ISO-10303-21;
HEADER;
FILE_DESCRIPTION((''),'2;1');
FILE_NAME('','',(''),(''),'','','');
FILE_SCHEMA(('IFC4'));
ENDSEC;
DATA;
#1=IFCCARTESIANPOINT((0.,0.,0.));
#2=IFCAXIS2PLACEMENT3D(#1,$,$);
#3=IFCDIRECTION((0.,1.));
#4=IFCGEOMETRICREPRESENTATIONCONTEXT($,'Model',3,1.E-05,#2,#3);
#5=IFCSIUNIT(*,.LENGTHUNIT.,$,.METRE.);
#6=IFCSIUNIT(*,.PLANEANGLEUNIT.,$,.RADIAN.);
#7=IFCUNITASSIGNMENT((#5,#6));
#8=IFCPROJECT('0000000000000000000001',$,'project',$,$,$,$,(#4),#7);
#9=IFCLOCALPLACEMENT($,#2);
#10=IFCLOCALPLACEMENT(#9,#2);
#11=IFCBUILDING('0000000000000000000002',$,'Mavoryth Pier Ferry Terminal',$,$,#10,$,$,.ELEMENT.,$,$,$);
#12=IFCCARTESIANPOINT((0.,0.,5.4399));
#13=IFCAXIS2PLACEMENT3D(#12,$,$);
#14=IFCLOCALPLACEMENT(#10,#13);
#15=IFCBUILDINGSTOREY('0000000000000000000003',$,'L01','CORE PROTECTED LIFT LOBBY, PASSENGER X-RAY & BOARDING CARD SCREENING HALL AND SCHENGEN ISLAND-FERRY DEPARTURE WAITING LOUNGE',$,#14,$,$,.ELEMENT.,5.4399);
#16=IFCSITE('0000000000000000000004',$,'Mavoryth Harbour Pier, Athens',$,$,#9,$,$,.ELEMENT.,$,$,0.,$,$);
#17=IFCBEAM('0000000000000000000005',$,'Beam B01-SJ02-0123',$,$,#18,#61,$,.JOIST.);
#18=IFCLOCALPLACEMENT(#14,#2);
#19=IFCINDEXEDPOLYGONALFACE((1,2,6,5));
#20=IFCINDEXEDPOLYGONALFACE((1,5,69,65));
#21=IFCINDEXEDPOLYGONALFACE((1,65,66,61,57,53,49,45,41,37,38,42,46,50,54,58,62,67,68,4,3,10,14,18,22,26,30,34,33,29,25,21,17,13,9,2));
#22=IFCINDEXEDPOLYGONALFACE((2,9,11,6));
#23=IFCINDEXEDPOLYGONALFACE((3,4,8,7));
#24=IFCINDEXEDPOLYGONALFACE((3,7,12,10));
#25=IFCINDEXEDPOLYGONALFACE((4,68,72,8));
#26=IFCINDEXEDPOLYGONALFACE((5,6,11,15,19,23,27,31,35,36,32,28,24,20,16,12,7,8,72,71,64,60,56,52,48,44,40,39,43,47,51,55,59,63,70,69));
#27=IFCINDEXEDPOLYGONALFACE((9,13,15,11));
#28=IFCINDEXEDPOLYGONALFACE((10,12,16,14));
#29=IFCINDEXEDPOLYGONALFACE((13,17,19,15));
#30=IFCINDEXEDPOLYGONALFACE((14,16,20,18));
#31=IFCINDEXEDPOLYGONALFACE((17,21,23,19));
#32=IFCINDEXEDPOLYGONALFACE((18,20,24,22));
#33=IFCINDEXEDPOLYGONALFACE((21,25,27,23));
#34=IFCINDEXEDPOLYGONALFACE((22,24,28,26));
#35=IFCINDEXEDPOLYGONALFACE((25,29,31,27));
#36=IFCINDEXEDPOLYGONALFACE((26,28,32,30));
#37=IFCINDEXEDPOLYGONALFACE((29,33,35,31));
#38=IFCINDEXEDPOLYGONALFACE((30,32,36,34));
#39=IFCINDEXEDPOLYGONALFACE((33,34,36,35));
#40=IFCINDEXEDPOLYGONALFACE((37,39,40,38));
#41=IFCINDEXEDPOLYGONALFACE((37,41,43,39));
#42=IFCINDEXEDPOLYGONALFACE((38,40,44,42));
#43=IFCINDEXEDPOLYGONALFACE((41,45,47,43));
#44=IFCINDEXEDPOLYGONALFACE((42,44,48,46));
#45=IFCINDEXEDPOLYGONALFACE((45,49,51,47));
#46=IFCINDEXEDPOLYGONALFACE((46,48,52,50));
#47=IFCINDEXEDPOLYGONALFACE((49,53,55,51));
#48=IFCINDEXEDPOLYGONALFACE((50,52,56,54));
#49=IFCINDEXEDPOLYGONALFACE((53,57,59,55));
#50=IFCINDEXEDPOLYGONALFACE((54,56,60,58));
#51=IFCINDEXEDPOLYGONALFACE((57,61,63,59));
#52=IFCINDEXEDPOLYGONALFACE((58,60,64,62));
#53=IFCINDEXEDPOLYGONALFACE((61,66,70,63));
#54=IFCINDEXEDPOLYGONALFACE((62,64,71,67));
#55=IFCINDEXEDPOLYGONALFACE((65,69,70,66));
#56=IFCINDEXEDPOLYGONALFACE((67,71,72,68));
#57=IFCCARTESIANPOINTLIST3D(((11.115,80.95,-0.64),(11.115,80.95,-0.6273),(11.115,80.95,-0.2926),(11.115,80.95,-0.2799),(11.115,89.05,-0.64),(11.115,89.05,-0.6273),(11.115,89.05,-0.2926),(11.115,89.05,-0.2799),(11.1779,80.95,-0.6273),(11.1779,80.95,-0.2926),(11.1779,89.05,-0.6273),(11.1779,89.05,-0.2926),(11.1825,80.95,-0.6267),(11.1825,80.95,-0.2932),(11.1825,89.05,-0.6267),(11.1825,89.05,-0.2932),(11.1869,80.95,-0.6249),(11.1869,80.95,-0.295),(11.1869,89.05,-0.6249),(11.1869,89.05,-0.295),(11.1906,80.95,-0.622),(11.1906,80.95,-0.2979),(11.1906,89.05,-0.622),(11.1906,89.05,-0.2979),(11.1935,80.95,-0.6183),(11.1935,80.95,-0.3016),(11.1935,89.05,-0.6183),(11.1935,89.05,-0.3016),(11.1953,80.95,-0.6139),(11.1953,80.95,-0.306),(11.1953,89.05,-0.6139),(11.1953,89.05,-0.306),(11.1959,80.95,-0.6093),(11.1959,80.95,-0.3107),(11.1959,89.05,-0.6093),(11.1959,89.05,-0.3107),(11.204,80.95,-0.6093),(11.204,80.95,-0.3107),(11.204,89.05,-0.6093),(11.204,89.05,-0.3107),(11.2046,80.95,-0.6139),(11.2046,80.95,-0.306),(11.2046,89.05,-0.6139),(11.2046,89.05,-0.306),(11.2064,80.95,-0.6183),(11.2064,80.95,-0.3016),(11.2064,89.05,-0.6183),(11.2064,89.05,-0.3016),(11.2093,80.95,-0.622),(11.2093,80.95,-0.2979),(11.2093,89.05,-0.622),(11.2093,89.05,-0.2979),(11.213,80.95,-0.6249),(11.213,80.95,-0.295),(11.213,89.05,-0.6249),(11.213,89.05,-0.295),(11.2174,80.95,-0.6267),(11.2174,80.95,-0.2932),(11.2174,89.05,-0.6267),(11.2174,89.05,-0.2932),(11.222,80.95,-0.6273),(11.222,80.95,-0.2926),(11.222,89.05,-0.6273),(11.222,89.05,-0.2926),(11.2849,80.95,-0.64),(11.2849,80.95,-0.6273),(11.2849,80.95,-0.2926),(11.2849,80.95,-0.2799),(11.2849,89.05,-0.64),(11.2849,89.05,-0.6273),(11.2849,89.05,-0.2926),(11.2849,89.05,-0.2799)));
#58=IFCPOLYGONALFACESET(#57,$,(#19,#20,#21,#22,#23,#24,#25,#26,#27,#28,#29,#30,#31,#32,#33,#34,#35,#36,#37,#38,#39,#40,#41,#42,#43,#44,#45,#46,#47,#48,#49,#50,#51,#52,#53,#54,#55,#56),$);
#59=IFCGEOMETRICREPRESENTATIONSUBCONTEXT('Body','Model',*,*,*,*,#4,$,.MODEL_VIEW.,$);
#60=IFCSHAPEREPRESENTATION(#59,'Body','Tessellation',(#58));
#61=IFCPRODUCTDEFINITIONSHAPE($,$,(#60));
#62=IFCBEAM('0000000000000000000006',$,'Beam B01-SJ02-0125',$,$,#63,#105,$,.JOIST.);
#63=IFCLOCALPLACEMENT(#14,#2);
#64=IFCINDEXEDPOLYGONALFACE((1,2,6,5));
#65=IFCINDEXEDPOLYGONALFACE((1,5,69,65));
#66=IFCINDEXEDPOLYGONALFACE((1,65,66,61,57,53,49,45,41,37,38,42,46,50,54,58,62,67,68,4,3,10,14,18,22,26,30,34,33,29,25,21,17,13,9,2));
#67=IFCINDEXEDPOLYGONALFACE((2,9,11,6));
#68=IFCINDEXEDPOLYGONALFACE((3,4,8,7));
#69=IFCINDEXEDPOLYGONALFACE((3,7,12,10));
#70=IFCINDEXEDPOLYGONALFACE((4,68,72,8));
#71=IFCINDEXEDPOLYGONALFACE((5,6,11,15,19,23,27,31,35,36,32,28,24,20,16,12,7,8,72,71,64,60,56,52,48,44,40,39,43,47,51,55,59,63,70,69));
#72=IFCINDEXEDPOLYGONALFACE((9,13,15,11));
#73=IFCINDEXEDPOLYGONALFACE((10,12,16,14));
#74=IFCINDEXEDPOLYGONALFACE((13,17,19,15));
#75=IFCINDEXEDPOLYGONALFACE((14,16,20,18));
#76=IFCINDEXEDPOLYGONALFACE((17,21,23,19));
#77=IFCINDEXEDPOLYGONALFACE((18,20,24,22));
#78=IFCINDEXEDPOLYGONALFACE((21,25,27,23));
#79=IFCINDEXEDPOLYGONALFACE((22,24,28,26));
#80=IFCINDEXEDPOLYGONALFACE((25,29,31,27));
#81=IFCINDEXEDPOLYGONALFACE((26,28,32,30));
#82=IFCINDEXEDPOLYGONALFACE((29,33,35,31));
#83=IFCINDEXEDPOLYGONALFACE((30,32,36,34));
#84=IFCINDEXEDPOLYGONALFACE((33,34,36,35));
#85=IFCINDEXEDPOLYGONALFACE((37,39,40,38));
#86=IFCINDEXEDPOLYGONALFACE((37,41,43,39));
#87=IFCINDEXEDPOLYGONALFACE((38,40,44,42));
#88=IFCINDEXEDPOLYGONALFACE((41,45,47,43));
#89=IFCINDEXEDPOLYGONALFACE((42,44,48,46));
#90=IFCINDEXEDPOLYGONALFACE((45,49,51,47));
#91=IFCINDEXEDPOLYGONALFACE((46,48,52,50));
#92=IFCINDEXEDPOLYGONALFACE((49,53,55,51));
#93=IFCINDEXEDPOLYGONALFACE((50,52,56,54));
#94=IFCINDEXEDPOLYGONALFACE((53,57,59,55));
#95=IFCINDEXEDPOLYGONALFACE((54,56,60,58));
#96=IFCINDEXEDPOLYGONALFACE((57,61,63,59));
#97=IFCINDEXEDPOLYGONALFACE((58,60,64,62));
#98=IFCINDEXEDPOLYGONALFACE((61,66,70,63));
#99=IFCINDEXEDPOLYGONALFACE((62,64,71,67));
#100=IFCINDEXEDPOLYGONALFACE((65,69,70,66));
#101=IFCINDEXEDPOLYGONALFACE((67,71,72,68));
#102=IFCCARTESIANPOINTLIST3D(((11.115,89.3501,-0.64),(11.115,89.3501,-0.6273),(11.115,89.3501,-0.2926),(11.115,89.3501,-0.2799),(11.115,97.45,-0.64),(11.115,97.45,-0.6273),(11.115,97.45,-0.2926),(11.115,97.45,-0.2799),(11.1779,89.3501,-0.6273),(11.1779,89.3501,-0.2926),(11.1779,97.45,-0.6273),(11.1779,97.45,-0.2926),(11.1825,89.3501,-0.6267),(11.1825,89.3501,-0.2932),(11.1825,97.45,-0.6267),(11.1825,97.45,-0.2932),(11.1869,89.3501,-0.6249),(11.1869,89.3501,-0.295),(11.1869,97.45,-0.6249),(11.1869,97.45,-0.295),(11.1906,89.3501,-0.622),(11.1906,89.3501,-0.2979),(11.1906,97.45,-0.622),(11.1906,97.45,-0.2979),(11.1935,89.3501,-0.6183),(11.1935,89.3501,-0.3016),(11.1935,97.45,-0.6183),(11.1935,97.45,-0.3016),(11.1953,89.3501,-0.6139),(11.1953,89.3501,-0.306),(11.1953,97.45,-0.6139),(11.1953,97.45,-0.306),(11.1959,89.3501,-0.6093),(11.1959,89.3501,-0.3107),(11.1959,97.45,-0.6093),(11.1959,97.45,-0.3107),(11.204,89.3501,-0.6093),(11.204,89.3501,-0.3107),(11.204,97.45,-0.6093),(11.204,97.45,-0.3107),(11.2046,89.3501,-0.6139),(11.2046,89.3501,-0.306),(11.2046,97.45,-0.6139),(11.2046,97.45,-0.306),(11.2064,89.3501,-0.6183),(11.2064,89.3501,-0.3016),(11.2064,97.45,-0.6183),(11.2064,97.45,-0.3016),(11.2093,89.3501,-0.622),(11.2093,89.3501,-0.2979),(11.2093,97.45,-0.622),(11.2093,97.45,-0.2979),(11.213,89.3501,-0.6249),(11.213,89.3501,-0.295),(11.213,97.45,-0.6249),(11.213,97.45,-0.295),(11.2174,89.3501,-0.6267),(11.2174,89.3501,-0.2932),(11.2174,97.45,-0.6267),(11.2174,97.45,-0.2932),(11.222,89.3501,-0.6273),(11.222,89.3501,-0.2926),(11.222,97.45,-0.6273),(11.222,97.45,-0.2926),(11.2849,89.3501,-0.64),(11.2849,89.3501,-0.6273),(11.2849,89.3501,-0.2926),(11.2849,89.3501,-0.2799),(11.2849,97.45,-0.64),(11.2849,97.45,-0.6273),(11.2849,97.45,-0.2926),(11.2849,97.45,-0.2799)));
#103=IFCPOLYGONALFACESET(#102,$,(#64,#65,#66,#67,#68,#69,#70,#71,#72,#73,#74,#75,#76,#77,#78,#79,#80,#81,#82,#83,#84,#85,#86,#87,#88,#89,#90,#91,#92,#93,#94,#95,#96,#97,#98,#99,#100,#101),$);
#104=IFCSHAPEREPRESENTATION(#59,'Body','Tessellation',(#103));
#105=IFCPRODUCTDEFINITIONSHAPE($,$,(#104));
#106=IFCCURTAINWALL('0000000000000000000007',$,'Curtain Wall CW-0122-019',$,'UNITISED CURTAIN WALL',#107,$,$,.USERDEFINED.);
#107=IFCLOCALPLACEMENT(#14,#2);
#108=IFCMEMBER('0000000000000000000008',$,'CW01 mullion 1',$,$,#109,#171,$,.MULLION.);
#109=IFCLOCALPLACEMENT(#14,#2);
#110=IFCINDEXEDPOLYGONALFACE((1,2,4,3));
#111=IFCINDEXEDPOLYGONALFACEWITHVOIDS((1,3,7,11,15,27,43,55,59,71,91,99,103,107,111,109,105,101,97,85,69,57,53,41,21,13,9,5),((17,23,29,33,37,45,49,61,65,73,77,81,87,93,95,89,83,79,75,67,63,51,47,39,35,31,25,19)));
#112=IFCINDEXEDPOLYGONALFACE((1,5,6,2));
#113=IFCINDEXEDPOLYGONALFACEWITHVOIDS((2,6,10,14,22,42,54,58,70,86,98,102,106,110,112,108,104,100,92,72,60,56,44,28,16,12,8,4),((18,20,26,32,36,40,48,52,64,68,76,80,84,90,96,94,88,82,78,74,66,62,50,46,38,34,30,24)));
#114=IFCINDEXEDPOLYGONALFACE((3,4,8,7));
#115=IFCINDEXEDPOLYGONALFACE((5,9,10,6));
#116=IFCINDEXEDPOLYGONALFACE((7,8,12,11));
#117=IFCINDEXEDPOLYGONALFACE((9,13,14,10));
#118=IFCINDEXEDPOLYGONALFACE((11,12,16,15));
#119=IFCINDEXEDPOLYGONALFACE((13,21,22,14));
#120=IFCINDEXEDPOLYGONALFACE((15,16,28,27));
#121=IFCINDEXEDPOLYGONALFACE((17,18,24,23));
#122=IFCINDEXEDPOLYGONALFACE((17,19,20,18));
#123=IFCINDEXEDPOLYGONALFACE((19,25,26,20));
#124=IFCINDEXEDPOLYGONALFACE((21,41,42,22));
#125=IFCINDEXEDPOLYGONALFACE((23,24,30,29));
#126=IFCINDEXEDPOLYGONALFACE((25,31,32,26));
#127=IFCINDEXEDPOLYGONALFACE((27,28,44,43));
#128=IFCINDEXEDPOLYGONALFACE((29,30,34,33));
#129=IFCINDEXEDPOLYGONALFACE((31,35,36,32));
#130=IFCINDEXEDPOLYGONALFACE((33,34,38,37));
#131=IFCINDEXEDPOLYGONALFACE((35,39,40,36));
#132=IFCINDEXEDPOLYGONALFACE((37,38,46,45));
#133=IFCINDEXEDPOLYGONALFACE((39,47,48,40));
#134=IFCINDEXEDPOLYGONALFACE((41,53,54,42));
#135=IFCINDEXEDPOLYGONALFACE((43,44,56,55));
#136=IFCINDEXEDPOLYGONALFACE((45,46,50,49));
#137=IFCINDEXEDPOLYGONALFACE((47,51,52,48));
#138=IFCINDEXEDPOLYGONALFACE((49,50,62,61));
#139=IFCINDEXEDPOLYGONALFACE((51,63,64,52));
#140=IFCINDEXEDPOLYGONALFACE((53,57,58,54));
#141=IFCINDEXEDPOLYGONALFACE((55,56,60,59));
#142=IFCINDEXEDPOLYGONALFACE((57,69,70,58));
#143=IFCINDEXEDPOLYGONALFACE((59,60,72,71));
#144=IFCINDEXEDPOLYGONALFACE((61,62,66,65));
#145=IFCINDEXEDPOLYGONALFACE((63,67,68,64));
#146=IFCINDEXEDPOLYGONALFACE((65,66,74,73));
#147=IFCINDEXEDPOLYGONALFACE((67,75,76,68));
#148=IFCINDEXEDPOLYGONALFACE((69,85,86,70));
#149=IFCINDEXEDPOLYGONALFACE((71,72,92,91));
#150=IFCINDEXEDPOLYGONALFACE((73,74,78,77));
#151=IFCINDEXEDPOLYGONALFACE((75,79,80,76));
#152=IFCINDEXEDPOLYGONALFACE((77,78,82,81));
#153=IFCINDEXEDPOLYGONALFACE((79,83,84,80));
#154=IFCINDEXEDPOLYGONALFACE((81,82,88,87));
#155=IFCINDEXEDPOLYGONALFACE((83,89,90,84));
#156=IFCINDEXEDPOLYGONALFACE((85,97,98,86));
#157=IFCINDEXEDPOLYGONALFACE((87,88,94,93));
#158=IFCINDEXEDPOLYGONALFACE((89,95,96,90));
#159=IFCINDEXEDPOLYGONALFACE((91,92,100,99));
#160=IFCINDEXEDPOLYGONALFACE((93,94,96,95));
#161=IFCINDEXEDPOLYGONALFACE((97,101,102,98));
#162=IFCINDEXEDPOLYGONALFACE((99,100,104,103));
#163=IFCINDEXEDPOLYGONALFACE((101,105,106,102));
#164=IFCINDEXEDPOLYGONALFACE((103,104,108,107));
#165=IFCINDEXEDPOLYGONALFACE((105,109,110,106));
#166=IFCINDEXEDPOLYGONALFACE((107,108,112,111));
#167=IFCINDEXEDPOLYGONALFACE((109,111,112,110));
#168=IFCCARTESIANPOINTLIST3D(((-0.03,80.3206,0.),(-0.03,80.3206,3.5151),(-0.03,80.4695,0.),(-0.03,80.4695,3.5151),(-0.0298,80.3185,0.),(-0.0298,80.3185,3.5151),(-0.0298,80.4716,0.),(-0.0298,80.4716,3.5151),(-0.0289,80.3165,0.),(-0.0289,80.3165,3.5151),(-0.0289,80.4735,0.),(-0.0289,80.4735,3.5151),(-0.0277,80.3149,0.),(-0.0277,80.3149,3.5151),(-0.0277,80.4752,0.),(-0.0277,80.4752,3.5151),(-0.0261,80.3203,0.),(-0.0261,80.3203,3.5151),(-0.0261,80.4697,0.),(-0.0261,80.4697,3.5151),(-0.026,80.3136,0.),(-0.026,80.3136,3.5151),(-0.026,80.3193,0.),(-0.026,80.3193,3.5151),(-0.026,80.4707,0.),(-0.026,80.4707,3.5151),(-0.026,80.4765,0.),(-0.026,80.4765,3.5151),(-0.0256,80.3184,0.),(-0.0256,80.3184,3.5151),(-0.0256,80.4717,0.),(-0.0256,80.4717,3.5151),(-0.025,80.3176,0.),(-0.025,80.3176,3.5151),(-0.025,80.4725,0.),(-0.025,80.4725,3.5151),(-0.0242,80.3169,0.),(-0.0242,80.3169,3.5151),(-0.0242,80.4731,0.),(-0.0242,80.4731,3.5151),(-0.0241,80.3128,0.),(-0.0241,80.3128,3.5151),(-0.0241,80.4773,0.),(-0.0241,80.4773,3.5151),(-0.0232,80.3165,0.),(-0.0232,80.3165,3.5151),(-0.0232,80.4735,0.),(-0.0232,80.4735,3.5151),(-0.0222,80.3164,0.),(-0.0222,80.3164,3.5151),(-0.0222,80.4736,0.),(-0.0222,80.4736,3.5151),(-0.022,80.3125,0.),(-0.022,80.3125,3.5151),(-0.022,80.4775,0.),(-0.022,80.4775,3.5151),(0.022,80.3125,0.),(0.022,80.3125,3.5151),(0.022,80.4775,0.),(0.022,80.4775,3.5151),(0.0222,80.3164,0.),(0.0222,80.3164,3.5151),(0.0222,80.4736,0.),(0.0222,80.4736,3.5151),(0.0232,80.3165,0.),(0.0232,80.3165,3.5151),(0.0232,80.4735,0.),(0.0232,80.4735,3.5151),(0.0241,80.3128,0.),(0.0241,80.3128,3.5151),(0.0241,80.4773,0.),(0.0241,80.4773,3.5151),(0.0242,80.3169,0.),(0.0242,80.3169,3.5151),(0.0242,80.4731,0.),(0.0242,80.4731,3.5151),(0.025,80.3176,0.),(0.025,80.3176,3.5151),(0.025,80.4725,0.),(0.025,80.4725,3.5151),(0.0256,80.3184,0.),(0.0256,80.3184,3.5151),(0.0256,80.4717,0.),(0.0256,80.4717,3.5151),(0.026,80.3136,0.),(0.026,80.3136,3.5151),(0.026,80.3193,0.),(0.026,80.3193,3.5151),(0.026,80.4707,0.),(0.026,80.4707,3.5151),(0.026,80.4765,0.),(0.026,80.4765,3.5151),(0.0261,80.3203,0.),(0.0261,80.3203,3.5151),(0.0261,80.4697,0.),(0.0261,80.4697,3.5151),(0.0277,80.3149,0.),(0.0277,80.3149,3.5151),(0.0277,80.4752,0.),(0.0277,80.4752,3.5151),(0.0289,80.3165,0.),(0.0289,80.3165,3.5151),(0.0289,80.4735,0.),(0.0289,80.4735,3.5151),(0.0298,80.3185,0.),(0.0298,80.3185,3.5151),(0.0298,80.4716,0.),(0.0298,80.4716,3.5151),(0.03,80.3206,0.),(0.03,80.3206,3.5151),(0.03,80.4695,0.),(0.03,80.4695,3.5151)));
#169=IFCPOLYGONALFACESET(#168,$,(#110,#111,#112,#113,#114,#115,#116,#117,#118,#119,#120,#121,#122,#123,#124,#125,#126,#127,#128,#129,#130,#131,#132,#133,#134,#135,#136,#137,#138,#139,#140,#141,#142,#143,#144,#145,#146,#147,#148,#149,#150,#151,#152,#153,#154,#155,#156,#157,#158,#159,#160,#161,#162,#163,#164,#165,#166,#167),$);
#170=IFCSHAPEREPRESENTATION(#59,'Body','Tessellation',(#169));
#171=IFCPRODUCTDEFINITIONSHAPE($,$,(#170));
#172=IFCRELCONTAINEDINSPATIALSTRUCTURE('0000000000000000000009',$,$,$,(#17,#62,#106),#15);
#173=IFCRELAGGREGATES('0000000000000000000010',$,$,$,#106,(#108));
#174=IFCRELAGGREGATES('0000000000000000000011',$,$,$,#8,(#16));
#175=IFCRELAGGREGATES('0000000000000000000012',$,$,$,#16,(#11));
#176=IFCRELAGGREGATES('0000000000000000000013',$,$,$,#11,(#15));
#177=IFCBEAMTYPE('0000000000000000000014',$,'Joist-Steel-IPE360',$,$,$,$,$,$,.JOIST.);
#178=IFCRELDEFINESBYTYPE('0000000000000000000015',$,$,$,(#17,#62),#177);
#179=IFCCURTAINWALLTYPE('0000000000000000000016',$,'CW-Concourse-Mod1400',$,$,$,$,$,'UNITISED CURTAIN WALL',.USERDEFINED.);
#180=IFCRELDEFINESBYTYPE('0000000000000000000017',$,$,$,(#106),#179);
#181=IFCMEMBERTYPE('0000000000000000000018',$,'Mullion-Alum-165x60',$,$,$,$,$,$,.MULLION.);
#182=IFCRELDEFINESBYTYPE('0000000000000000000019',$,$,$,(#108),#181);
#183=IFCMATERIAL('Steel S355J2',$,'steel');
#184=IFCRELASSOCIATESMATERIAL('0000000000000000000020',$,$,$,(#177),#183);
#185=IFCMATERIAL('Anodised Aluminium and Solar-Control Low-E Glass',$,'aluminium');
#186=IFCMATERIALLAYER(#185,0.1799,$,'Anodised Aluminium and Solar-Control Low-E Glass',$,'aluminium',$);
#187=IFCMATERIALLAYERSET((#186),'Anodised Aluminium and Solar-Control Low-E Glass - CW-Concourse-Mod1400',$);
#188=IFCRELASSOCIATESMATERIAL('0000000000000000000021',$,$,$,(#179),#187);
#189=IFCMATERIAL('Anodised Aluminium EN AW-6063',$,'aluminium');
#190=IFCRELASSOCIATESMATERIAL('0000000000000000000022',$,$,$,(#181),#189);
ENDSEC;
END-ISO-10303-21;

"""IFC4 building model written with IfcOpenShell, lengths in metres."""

from ifc_helpers import new_model, si_unit, direction, frame, origin, origin_2d, place, context, subcontext, project, spatial, hollow_rectangle, i_section, extrude, material, layer, layer_set, material_profile, profile_set, type_object, element, aggregate, save


model = new_model("IFC4")

# Units and contexts
model_context = context("Model", 3, precision=1e-05, world=origin(), true_north=direction((0.0, 1.0)))
body_context = subcontext(model_context, "Body", "Model", "MODEL_VIEW")
ifc_project = project(units=[si_unit("LENGTHUNIT", "METRE"), si_unit("PLANEANGLEUNIT", "RADIAN")], contexts=[model_context])

# Site, building, storey
site_placement = place(None, origin())
site = spatial("IfcSite", under=ifc_project, at=site_placement, Name="Mavoryth Harbour Pier, Athens", CompositionType="ELEMENT", RefElevation=0.0)
building_placement = place(site_placement, origin())
building = spatial("IfcBuilding", under=site, at=building_placement, Name="Mavoryth Pier Ferry Terminal", CompositionType="ELEMENT")
storey_placement = place(building_placement, frame((0.0, 0.0, 5.4399)))
storey = spatial("IfcBuildingStorey", under=building, at=storey_placement, Name="L01", Description="CORE PROTECTED LIFT LOBBY, PASSENGER X-RAY & BOARDING CARD SCREENING HALL AND SCHENGEN ISLAND-FERRY DEPARTURE WAITING LOUNGE", CompositionType="ELEMENT", Elevation=5.4399)

# Shared definitions
ifc_material_1 = material(Name="Steel S355J2", Category="steel")

# Beams
ifc_material_profile_1 = material_profile(ifc_material_1, i_section(OverallWidth=0.1699, OverallDepth=0.3601, WebThickness=0.0081, FlangeThickness=0.0127, FilletRadius=0.0181, at=origin_2d()), Name="IPE 360", Category="steel")
ifc_profile_set_1 = profile_set([ifc_material_profile_1], Name="Steel S355J2 - IPE 360")
beam_type_1 = type_object("IfcBeamType", Name="Joist-Steel-IPE360", PredefinedType="JOIST", material=ifc_profile_set_1)
beam_1_placement = place(storey_placement, frame((11.2, 80.95, -0.46), z_axis=(0.0, 1.0, 0.0), x_axis=(-1.0, 0.0, 0.0)))
element("IfcBeam", 1, at=beam_1_placement, inside=storey, type_object=beam_type_1, Name="Beam B01-SJ02-0123", PredefinedType="JOIST", context=body_context, shape_type="SweptSolid", body=[
    extrude(i_section(OverallWidth=0.1699, OverallDepth=0.3601, WebThickness=0.0081, FlangeThickness=0.0127, FilletRadius=0.0181, at=origin_2d()), origin(), (0.0, 0.0, 1.0), 8.1001),
])
beam_2_placement = place(storey_placement, frame((11.2, 89.3501, -0.46), z_axis=(0.0, 1.0, 0.0), x_axis=(-1.0, 0.0, 0.0)))
element("IfcBeam", 2, at=beam_2_placement, inside=storey, type_object=beam_type_1, Name="Beam B01-SJ02-0125", PredefinedType="JOIST", context=body_context, shape_type="SweptSolid", body=[
    extrude(i_section(OverallWidth=0.1699, OverallDepth=0.3601, WebThickness=0.0081, FlangeThickness=0.0127, FilletRadius=0.0181, at=origin_2d()), origin(), (0.0, 0.0, 1.0), 8.0999),
])

# Curtain wall, member
ifc_material_2 = material(Name="Anodised Aluminium and Solar-Control Low-E Glass", Category="aluminium")
ifc_layer_1 = layer(ifc_material_2, 0.1799, Name="Anodised Aluminium and Solar-Control Low-E Glass", Category="aluminium")
ifc_layer_set_1 = layer_set([ifc_layer_1], Name="Anodised Aluminium and Solar-Control Low-E Glass - CW-Concourse-Mod1400")
curtain_wall_type = type_object("IfcCurtainWallType", Name="CW-Concourse-Mod1400", ElementType="UNITISED CURTAIN WALL", PredefinedType="USERDEFINED", material=ifc_layer_set_1)
curtain_wall_1_placement = place(storey_placement, origin())
curtain_wall_1 = element("IfcCurtainWall", 3, at=curtain_wall_1_placement, inside=storey, type_object=curtain_wall_type, Name="Curtain Wall CW-0122-019", ObjectType="UNITISED CURTAIN WALL", PredefinedType="USERDEFINED")
ifc_material_3 = material(Name="Anodised Aluminium EN AW-6063", Category="aluminium")
ifc_material_profile_2 = material_profile(ifc_material_3, hollow_rectangle(XDim=0.0601, YDim=0.165, WallThickness=0.0039, InnerFilletRadius=0.0039, OuterFilletRadius=0.0081, at=origin_2d()), Name="AL-MULL 165x60x4", Category="aluminium")
ifc_profile_set_2 = profile_set([ifc_material_profile_2], Name="Anodised Aluminium EN AW-6063 - AL-MULL 165x60x4")
member_type_1 = type_object("IfcMemberType", Name="Mullion-Alum-165x60", PredefinedType="MULLION", material=ifc_profile_set_2)
member_1_placement = place(storey_placement, frame((0.0, 80.395, 0.0), z_axis=(0.0, 0.0, 1.0), x_axis=(1.0, 0.0, 0.0)))
member_1 = element("IfcMember", 4, at=member_1_placement, type_object=member_type_1, Name="CW01 mullion 1", PredefinedType="MULLION", context=body_context, shape_type="SweptSolid", body=[
    extrude(hollow_rectangle(XDim=0.0601, YDim=0.165, WallThickness=0.0039, InnerFilletRadius=0.0039, OuterFilletRadius=0.0081, at=origin_2d()), origin(), (0.0, 0.0, 1.0), 3.5151),
])

aggregate(curtain_wall_1, [member_1])

save(model, "model.ifc")
